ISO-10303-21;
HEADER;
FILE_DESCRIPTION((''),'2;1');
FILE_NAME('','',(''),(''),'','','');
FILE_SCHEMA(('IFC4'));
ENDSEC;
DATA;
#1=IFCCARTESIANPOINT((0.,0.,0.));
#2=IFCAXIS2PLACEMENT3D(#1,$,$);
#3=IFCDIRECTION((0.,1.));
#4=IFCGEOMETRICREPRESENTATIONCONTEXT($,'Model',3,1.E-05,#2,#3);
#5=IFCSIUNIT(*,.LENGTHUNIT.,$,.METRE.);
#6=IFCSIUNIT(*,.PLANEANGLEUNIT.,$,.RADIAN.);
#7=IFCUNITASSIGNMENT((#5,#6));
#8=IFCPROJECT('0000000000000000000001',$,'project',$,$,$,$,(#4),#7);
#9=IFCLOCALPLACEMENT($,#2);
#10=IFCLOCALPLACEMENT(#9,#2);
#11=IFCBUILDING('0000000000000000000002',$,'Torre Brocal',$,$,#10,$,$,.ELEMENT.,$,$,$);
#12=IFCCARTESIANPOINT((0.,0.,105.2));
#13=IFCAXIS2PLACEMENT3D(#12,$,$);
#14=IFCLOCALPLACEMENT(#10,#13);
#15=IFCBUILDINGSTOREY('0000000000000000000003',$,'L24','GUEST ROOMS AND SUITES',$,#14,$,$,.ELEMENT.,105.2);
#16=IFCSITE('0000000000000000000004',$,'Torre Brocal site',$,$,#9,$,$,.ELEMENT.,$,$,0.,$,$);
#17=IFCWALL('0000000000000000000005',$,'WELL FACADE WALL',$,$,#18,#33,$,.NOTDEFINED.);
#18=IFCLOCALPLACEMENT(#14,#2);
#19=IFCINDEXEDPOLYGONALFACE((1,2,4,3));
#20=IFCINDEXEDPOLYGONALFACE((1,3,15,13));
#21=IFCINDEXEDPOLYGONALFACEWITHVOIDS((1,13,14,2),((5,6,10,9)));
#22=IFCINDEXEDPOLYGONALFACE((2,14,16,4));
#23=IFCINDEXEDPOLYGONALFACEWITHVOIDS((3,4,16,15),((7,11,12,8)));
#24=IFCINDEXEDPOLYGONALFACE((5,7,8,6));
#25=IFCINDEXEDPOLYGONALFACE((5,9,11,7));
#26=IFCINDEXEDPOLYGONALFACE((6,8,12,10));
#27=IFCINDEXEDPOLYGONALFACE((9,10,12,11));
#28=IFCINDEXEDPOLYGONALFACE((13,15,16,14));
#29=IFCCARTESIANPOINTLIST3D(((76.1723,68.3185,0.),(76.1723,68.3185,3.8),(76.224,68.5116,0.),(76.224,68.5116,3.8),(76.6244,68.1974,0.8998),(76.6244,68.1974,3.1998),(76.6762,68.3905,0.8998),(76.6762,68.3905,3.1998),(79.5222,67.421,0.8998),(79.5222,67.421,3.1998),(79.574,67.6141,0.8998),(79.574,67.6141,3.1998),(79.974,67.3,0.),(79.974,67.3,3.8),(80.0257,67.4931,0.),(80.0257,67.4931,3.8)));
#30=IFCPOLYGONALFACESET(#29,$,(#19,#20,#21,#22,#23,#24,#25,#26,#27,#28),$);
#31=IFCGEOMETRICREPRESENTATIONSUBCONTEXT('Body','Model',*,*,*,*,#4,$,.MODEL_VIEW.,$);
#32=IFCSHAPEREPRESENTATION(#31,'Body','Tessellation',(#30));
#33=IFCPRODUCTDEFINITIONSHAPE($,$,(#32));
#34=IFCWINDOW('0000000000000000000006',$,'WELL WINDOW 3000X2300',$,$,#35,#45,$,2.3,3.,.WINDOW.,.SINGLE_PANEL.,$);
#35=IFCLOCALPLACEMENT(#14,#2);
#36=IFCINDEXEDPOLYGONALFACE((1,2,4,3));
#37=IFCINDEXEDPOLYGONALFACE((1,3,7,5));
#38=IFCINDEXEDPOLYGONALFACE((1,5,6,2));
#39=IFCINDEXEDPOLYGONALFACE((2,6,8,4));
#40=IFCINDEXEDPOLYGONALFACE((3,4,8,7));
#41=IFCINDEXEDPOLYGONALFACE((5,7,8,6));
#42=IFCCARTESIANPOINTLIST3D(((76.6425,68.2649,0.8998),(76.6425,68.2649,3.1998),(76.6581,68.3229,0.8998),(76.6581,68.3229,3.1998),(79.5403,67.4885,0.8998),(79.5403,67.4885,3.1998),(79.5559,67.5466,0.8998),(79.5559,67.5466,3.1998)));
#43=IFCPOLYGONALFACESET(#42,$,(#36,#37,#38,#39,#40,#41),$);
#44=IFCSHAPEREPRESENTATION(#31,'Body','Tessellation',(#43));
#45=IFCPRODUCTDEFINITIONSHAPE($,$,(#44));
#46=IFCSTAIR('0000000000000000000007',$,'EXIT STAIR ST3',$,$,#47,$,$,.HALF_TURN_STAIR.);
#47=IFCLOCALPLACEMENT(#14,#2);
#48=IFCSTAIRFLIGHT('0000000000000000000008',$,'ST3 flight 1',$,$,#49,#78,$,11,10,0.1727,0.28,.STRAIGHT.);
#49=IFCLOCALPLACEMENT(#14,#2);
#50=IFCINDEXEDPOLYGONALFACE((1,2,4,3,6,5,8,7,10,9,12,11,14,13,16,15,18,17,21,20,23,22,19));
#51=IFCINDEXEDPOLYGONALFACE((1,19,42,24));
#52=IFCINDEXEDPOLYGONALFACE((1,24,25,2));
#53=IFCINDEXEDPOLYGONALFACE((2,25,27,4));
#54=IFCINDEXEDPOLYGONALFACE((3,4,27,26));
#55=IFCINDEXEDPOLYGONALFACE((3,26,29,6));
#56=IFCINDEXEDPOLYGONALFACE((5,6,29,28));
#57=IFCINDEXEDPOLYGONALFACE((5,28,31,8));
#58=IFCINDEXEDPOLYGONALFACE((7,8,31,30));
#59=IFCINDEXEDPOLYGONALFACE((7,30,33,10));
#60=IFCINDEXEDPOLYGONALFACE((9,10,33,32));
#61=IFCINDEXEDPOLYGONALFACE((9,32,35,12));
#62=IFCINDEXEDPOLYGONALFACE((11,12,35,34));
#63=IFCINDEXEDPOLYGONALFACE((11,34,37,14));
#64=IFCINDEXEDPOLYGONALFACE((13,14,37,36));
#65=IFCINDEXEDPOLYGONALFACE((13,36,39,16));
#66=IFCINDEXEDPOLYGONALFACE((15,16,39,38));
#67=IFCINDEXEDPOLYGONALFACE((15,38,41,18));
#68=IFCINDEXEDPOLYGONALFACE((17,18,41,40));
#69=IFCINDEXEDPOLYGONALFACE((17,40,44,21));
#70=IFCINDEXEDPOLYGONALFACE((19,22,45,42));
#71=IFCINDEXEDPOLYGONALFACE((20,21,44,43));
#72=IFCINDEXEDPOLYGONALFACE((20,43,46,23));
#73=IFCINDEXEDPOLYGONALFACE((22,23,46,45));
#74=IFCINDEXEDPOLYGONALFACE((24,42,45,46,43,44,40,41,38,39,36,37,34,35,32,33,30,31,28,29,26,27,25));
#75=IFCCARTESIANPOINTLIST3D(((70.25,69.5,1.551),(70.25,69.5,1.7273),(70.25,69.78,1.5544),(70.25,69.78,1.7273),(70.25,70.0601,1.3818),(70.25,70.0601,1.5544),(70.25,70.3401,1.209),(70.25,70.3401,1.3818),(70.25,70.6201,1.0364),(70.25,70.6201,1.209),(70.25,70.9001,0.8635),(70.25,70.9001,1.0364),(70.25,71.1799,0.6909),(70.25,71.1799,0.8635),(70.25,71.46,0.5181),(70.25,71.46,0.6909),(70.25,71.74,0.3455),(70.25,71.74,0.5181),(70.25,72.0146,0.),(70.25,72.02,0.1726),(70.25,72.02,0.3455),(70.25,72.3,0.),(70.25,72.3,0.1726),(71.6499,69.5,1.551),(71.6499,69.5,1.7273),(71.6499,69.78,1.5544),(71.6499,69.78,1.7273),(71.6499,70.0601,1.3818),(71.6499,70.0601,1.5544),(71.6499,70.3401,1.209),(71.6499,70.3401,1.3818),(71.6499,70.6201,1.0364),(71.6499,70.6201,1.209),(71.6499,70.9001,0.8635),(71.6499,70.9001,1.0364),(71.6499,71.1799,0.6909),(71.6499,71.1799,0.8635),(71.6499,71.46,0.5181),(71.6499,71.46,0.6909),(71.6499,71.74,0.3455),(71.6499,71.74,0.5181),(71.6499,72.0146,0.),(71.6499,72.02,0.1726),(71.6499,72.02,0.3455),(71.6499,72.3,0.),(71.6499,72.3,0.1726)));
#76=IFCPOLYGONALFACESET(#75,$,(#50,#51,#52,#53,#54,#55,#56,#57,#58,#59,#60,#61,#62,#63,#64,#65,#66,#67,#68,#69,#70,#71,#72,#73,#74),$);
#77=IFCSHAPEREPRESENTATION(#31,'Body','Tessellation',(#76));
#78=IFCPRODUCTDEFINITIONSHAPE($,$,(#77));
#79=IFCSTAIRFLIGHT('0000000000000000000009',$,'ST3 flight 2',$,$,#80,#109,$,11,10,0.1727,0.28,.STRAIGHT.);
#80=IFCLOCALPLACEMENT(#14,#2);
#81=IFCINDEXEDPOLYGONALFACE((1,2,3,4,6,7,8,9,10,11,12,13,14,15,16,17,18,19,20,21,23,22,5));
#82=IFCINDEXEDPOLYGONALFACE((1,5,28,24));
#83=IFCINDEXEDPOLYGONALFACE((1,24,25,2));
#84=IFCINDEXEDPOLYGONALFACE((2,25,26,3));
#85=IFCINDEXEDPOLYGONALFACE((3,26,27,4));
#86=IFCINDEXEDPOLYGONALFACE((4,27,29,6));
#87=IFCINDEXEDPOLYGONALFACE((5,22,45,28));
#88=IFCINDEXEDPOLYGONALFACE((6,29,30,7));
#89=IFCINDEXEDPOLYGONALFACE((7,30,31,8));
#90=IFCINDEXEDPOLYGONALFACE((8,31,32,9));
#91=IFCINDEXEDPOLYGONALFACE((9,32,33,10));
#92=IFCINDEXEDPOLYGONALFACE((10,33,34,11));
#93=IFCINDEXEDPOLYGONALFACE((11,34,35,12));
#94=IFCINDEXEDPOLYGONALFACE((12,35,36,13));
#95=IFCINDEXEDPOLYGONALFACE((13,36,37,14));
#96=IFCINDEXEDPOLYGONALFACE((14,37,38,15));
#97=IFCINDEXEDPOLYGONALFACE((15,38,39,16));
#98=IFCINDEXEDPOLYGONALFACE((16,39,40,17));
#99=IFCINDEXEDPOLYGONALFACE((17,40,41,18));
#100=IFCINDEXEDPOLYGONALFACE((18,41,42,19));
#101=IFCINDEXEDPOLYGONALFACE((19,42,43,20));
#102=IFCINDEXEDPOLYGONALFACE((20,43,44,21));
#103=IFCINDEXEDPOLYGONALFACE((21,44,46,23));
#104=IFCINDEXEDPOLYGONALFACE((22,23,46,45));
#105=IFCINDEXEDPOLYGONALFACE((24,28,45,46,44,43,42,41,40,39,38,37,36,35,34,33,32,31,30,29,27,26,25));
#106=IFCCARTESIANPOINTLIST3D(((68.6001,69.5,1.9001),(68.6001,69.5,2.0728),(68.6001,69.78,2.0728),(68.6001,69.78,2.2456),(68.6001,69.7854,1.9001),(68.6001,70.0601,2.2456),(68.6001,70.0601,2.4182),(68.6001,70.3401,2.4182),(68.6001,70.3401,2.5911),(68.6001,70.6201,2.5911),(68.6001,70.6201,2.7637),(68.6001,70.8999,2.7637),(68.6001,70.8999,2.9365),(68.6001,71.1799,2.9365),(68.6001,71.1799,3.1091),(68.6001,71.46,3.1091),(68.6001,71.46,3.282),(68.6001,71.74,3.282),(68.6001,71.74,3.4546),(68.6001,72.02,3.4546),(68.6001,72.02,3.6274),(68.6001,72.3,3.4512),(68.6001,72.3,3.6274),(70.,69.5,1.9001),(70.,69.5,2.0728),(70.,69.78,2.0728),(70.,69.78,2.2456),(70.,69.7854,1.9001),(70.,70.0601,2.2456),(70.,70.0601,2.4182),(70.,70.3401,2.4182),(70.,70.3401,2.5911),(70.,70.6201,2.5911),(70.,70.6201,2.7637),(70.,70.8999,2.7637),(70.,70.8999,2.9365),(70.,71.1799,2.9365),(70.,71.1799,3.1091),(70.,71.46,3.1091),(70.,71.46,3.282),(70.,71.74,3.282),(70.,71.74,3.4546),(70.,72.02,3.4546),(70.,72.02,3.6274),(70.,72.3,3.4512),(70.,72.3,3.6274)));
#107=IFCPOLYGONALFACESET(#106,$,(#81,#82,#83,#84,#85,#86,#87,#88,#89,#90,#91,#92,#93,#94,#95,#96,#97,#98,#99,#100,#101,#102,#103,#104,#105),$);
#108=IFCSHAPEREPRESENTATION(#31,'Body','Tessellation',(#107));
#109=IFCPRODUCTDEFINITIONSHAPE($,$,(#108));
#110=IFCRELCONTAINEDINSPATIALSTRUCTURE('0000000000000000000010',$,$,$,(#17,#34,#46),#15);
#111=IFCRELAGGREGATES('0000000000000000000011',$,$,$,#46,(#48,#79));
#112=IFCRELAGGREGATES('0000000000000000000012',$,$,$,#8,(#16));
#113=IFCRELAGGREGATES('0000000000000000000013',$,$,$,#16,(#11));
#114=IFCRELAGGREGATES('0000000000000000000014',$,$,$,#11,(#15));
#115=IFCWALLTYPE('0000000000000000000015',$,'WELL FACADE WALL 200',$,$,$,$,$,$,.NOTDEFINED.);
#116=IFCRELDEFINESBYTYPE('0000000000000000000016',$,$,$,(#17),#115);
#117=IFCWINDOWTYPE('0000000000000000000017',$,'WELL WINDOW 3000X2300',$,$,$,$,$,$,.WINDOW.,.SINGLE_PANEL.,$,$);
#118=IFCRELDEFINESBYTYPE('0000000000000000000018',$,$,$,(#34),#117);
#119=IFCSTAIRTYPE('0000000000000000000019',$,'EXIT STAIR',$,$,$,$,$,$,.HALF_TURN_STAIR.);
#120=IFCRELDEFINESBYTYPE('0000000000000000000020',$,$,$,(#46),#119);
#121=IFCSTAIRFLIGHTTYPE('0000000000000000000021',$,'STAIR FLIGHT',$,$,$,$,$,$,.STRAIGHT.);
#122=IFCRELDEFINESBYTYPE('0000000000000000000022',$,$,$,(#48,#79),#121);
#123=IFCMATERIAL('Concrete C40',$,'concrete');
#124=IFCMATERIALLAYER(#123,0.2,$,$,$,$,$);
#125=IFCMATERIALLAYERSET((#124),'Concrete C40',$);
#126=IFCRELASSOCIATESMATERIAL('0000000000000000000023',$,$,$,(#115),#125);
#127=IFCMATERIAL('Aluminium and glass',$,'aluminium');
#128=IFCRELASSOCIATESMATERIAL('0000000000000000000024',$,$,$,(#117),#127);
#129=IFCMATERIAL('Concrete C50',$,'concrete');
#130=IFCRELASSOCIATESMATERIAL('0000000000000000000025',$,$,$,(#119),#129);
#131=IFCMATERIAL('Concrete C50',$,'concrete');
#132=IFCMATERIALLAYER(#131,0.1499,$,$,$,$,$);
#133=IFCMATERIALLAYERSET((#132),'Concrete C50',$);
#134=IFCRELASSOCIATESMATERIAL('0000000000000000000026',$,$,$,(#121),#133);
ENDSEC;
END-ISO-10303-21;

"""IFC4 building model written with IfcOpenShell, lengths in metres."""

from ifc_helpers import new_model, si_unit, direction, frame, frame_2d, origin, place, context, subcontext, project, spatial, polyline, rectangle, outline, extrude, material, layer, layer_set, type_object, element, fill, aggregate, save


model = new_model("IFC4")

# Units and contexts
model_context = context("Model", 3, precision=1e-05, world=origin(), true_north=direction((0.0, 1.0)))
body_context = subcontext(model_context, "Body", "Model", "MODEL_VIEW")
ifc_project = project(units=[si_unit("LENGTHUNIT", "METRE"), si_unit("PLANEANGLEUNIT", "RADIAN")], contexts=[model_context])

# Site, building, storey
site_placement = place(None, origin())
site = spatial("IfcSite", under=ifc_project, at=site_placement, Name="Torre Brocal site", CompositionType="ELEMENT", RefElevation=0.0)
building_placement = place(site_placement, origin())
building = spatial("IfcBuilding", under=site, at=building_placement, Name="Torre Brocal", CompositionType="ELEMENT")
storey_placement = place(building_placement, frame((0.0, 0.0, 105.2)))
storey = spatial("IfcBuildingStorey", under=building, at=storey_placement, Name="L24", Description="GUEST ROOMS AND SUITES", CompositionType="ELEMENT", Elevation=105.2)

# Wall, opening, window
ifc_material_1 = material(Name="Concrete C40", Category="concrete")
ifc_layer_1 = layer(ifc_material_1, 0.2)
ifc_layer_set_1 = layer_set([ifc_layer_1], Name="Concrete C40")
wall_type_1 = type_object("IfcWallType", Name="WELL FACADE WALL 200", PredefinedType="NOTDEFINED", material=ifc_layer_set_1)
ifc_material_2 = material(Name="Aluminium and glass", Category="aluminium")
window_type = type_object("IfcWindowType", Name="WELL WINDOW 3000X2300", PartitioningType="SINGLE_PANEL", PredefinedType="WINDOW", material=ifc_material_2)
wall_1_placement = place(storey_placement, frame((76.1982, 68.415, 0.0), z_axis=(0.0, 0.0, 1.0), x_axis=(0.965934, -0.25879, 0.0)))
wall_1 = element("IfcWall", 1, at=wall_1_placement, inside=storey, type_object=wall_type_1, Name="WELL FACADE WALL", PredefinedType="NOTDEFINED", context=body_context, shape_type="SweptSolid", body=[
    extrude(rectangle(XDim=3.9358, YDim=0.2, at=frame_2d((1.9678, 0.0))), origin(), (0.0, 0.0, 1.0), 3.8),
])
opening_1_placement = place(wall_1_placement, frame((0.468, 0.0, 0.8999)))
opening_1 = element("IfcOpeningElement", 2, at=opening_1_placement, cuts=wall_1, PredefinedType="OPENING", context=body_context, shape_type="SweptSolid", body=[
    extrude(rectangle(XDim=3.0, YDim=2.3, at=frame_2d((1.5, 1.1499))), frame((0.0, 0.1099, 0.0), z_axis=(0.0, -1.0, 0.0), x_axis=(1.0, 0.0, 0.0)), (0.0, 0.0, 1.0), 0.22),
])
window_1_placement = place(opening_1_placement, origin())
window_1 = element("IfcWindow", 3, at=window_1_placement, inside=storey, type_object=window_type, Name="WELL WINDOW 3000X2300", OverallHeight=2.3, OverallWidth=3.0, PartitioningType="SINGLE_PANEL", PredefinedType="WINDOW", context=body_context, shape_type="SweptSolid", body=[
    extrude(rectangle(XDim=3.0, YDim=2.3, at=frame_2d((1.5, 1.1499))), frame((0.0, 0.03, 0.0), z_axis=(0.0, -1.0, 0.0), x_axis=(1.0, 0.0, 0.0)), (0.0, 0.0, 1.0), 0.0601),
])
fill(opening_1, window_1)

# Stair, stair flights
ifc_material_3 = material(Name="Concrete C50", Category="concrete")
stair_type = type_object("IfcStairType", Name="EXIT STAIR", PredefinedType="HALF_TURN_STAIR", material=ifc_material_3)
stair_placement = place(storey_placement, origin())
stair = element("IfcStair", 4, at=stair_placement, inside=storey, type_object=stair_type, Name="EXIT STAIR ST3", PredefinedType="HALF_TURN_STAIR")
ifc_material_4 = material(Name="Concrete C50", Category="concrete")
ifc_layer_2 = layer(ifc_material_4, 0.1499)
ifc_layer_set_2 = layer_set([ifc_layer_2], Name="Concrete C50")
stair_flight_type = type_object("IfcStairFlightType", Name="STAIR FLIGHT", PredefinedType="STRAIGHT", material=ifc_layer_set_2)
stair_flight_1_placement = place(storey_placement, frame((70.95, 72.3, 0.0), z_axis=(0.0, 0.0, 1.0), x_axis=(0.0, -1.0, 0.0)))
stair_flight_1 = element("IfcStairFlight", 5, at=stair_flight_1_placement, type_object=stair_flight_type, Name="ST3 flight 1", NumberOfRisers=11, NumberOfTreads=10, PredefinedType="STRAIGHT", RiserHeight=0.1727, TreadLength=0.28, context=body_context, shape_type="SweptSolid", body=[
    extrude(outline(polyline([(0.0, 0.0), (0.0, 0.1726), (0.28, 0.1726), (0.28, 0.3455), (0.5601, 0.3455), (0.5601, 0.5181), (0.8401, 0.5181), (0.8401, 0.6909), (1.1201, 0.6909), (1.1201, 0.8635), (1.3999, 0.8635), (1.3999, 1.0364), (1.6799, 1.0364), (1.6799, 1.209), (1.96, 1.209), (1.96, 1.3818), (2.24, 1.3818), (2.24, 1.5544), (2.52, 1.5544), (2.52, 1.7273), (2.8, 1.7273), (2.8, 1.8999), (2.8, 1.551), (0.2854, 0.0), (0.0, 0.0)])), frame((0.0, 0.7, 0.0), z_axis=(0.0, -1.0, 0.0), x_axis=(1.0, 0.0, 0.0)), (0.0, 0.0, 1.0), 1.3999),
])
stair_flight_2_placement = place(storey_placement, frame((69.3, 69.5, 1.9001), z_axis=(0.0, 0.0, 1.0), x_axis=(0.0, 1.0, 0.0)))
stair_flight_2 = element("IfcStairFlight", 6, at=stair_flight_2_placement, type_object=stair_flight_type, Name="ST3 flight 2", NumberOfRisers=11, NumberOfTreads=10, PredefinedType="STRAIGHT", RiserHeight=0.1727, TreadLength=0.28, context=body_context, shape_type="SweptSolid", body=[
    extrude(outline(polyline([(0.0, 0.0), (0.0, 0.1726), (0.28, 0.1726), (0.28, 0.3455), (0.5601, 0.3455), (0.5601, 0.5181), (0.8401, 0.5181), (0.8401, 0.6909), (1.1201, 0.6909), (1.1201, 0.8635), (1.3999, 0.8635), (1.3999, 1.0364), (1.6799, 1.0364), (1.6799, 1.209), (1.96, 1.209), (1.96, 1.3818), (2.24, 1.3818), (2.24, 1.5544), (2.52, 1.5544), (2.52, 1.7273), (2.8, 1.7273), (2.8, 1.8999), (2.8, 1.551), (0.2854, 0.0), (0.0, 0.0)])), frame((0.0, 0.7, 0.0), z_axis=(0.0, -1.0, 0.0), x_axis=(1.0, 0.0, 0.0)), (0.0, 0.0, 1.0), 1.3999),
])
aggregate(stair, [stair_flight_1, stair_flight_2])

save(model, "model.ifc")
